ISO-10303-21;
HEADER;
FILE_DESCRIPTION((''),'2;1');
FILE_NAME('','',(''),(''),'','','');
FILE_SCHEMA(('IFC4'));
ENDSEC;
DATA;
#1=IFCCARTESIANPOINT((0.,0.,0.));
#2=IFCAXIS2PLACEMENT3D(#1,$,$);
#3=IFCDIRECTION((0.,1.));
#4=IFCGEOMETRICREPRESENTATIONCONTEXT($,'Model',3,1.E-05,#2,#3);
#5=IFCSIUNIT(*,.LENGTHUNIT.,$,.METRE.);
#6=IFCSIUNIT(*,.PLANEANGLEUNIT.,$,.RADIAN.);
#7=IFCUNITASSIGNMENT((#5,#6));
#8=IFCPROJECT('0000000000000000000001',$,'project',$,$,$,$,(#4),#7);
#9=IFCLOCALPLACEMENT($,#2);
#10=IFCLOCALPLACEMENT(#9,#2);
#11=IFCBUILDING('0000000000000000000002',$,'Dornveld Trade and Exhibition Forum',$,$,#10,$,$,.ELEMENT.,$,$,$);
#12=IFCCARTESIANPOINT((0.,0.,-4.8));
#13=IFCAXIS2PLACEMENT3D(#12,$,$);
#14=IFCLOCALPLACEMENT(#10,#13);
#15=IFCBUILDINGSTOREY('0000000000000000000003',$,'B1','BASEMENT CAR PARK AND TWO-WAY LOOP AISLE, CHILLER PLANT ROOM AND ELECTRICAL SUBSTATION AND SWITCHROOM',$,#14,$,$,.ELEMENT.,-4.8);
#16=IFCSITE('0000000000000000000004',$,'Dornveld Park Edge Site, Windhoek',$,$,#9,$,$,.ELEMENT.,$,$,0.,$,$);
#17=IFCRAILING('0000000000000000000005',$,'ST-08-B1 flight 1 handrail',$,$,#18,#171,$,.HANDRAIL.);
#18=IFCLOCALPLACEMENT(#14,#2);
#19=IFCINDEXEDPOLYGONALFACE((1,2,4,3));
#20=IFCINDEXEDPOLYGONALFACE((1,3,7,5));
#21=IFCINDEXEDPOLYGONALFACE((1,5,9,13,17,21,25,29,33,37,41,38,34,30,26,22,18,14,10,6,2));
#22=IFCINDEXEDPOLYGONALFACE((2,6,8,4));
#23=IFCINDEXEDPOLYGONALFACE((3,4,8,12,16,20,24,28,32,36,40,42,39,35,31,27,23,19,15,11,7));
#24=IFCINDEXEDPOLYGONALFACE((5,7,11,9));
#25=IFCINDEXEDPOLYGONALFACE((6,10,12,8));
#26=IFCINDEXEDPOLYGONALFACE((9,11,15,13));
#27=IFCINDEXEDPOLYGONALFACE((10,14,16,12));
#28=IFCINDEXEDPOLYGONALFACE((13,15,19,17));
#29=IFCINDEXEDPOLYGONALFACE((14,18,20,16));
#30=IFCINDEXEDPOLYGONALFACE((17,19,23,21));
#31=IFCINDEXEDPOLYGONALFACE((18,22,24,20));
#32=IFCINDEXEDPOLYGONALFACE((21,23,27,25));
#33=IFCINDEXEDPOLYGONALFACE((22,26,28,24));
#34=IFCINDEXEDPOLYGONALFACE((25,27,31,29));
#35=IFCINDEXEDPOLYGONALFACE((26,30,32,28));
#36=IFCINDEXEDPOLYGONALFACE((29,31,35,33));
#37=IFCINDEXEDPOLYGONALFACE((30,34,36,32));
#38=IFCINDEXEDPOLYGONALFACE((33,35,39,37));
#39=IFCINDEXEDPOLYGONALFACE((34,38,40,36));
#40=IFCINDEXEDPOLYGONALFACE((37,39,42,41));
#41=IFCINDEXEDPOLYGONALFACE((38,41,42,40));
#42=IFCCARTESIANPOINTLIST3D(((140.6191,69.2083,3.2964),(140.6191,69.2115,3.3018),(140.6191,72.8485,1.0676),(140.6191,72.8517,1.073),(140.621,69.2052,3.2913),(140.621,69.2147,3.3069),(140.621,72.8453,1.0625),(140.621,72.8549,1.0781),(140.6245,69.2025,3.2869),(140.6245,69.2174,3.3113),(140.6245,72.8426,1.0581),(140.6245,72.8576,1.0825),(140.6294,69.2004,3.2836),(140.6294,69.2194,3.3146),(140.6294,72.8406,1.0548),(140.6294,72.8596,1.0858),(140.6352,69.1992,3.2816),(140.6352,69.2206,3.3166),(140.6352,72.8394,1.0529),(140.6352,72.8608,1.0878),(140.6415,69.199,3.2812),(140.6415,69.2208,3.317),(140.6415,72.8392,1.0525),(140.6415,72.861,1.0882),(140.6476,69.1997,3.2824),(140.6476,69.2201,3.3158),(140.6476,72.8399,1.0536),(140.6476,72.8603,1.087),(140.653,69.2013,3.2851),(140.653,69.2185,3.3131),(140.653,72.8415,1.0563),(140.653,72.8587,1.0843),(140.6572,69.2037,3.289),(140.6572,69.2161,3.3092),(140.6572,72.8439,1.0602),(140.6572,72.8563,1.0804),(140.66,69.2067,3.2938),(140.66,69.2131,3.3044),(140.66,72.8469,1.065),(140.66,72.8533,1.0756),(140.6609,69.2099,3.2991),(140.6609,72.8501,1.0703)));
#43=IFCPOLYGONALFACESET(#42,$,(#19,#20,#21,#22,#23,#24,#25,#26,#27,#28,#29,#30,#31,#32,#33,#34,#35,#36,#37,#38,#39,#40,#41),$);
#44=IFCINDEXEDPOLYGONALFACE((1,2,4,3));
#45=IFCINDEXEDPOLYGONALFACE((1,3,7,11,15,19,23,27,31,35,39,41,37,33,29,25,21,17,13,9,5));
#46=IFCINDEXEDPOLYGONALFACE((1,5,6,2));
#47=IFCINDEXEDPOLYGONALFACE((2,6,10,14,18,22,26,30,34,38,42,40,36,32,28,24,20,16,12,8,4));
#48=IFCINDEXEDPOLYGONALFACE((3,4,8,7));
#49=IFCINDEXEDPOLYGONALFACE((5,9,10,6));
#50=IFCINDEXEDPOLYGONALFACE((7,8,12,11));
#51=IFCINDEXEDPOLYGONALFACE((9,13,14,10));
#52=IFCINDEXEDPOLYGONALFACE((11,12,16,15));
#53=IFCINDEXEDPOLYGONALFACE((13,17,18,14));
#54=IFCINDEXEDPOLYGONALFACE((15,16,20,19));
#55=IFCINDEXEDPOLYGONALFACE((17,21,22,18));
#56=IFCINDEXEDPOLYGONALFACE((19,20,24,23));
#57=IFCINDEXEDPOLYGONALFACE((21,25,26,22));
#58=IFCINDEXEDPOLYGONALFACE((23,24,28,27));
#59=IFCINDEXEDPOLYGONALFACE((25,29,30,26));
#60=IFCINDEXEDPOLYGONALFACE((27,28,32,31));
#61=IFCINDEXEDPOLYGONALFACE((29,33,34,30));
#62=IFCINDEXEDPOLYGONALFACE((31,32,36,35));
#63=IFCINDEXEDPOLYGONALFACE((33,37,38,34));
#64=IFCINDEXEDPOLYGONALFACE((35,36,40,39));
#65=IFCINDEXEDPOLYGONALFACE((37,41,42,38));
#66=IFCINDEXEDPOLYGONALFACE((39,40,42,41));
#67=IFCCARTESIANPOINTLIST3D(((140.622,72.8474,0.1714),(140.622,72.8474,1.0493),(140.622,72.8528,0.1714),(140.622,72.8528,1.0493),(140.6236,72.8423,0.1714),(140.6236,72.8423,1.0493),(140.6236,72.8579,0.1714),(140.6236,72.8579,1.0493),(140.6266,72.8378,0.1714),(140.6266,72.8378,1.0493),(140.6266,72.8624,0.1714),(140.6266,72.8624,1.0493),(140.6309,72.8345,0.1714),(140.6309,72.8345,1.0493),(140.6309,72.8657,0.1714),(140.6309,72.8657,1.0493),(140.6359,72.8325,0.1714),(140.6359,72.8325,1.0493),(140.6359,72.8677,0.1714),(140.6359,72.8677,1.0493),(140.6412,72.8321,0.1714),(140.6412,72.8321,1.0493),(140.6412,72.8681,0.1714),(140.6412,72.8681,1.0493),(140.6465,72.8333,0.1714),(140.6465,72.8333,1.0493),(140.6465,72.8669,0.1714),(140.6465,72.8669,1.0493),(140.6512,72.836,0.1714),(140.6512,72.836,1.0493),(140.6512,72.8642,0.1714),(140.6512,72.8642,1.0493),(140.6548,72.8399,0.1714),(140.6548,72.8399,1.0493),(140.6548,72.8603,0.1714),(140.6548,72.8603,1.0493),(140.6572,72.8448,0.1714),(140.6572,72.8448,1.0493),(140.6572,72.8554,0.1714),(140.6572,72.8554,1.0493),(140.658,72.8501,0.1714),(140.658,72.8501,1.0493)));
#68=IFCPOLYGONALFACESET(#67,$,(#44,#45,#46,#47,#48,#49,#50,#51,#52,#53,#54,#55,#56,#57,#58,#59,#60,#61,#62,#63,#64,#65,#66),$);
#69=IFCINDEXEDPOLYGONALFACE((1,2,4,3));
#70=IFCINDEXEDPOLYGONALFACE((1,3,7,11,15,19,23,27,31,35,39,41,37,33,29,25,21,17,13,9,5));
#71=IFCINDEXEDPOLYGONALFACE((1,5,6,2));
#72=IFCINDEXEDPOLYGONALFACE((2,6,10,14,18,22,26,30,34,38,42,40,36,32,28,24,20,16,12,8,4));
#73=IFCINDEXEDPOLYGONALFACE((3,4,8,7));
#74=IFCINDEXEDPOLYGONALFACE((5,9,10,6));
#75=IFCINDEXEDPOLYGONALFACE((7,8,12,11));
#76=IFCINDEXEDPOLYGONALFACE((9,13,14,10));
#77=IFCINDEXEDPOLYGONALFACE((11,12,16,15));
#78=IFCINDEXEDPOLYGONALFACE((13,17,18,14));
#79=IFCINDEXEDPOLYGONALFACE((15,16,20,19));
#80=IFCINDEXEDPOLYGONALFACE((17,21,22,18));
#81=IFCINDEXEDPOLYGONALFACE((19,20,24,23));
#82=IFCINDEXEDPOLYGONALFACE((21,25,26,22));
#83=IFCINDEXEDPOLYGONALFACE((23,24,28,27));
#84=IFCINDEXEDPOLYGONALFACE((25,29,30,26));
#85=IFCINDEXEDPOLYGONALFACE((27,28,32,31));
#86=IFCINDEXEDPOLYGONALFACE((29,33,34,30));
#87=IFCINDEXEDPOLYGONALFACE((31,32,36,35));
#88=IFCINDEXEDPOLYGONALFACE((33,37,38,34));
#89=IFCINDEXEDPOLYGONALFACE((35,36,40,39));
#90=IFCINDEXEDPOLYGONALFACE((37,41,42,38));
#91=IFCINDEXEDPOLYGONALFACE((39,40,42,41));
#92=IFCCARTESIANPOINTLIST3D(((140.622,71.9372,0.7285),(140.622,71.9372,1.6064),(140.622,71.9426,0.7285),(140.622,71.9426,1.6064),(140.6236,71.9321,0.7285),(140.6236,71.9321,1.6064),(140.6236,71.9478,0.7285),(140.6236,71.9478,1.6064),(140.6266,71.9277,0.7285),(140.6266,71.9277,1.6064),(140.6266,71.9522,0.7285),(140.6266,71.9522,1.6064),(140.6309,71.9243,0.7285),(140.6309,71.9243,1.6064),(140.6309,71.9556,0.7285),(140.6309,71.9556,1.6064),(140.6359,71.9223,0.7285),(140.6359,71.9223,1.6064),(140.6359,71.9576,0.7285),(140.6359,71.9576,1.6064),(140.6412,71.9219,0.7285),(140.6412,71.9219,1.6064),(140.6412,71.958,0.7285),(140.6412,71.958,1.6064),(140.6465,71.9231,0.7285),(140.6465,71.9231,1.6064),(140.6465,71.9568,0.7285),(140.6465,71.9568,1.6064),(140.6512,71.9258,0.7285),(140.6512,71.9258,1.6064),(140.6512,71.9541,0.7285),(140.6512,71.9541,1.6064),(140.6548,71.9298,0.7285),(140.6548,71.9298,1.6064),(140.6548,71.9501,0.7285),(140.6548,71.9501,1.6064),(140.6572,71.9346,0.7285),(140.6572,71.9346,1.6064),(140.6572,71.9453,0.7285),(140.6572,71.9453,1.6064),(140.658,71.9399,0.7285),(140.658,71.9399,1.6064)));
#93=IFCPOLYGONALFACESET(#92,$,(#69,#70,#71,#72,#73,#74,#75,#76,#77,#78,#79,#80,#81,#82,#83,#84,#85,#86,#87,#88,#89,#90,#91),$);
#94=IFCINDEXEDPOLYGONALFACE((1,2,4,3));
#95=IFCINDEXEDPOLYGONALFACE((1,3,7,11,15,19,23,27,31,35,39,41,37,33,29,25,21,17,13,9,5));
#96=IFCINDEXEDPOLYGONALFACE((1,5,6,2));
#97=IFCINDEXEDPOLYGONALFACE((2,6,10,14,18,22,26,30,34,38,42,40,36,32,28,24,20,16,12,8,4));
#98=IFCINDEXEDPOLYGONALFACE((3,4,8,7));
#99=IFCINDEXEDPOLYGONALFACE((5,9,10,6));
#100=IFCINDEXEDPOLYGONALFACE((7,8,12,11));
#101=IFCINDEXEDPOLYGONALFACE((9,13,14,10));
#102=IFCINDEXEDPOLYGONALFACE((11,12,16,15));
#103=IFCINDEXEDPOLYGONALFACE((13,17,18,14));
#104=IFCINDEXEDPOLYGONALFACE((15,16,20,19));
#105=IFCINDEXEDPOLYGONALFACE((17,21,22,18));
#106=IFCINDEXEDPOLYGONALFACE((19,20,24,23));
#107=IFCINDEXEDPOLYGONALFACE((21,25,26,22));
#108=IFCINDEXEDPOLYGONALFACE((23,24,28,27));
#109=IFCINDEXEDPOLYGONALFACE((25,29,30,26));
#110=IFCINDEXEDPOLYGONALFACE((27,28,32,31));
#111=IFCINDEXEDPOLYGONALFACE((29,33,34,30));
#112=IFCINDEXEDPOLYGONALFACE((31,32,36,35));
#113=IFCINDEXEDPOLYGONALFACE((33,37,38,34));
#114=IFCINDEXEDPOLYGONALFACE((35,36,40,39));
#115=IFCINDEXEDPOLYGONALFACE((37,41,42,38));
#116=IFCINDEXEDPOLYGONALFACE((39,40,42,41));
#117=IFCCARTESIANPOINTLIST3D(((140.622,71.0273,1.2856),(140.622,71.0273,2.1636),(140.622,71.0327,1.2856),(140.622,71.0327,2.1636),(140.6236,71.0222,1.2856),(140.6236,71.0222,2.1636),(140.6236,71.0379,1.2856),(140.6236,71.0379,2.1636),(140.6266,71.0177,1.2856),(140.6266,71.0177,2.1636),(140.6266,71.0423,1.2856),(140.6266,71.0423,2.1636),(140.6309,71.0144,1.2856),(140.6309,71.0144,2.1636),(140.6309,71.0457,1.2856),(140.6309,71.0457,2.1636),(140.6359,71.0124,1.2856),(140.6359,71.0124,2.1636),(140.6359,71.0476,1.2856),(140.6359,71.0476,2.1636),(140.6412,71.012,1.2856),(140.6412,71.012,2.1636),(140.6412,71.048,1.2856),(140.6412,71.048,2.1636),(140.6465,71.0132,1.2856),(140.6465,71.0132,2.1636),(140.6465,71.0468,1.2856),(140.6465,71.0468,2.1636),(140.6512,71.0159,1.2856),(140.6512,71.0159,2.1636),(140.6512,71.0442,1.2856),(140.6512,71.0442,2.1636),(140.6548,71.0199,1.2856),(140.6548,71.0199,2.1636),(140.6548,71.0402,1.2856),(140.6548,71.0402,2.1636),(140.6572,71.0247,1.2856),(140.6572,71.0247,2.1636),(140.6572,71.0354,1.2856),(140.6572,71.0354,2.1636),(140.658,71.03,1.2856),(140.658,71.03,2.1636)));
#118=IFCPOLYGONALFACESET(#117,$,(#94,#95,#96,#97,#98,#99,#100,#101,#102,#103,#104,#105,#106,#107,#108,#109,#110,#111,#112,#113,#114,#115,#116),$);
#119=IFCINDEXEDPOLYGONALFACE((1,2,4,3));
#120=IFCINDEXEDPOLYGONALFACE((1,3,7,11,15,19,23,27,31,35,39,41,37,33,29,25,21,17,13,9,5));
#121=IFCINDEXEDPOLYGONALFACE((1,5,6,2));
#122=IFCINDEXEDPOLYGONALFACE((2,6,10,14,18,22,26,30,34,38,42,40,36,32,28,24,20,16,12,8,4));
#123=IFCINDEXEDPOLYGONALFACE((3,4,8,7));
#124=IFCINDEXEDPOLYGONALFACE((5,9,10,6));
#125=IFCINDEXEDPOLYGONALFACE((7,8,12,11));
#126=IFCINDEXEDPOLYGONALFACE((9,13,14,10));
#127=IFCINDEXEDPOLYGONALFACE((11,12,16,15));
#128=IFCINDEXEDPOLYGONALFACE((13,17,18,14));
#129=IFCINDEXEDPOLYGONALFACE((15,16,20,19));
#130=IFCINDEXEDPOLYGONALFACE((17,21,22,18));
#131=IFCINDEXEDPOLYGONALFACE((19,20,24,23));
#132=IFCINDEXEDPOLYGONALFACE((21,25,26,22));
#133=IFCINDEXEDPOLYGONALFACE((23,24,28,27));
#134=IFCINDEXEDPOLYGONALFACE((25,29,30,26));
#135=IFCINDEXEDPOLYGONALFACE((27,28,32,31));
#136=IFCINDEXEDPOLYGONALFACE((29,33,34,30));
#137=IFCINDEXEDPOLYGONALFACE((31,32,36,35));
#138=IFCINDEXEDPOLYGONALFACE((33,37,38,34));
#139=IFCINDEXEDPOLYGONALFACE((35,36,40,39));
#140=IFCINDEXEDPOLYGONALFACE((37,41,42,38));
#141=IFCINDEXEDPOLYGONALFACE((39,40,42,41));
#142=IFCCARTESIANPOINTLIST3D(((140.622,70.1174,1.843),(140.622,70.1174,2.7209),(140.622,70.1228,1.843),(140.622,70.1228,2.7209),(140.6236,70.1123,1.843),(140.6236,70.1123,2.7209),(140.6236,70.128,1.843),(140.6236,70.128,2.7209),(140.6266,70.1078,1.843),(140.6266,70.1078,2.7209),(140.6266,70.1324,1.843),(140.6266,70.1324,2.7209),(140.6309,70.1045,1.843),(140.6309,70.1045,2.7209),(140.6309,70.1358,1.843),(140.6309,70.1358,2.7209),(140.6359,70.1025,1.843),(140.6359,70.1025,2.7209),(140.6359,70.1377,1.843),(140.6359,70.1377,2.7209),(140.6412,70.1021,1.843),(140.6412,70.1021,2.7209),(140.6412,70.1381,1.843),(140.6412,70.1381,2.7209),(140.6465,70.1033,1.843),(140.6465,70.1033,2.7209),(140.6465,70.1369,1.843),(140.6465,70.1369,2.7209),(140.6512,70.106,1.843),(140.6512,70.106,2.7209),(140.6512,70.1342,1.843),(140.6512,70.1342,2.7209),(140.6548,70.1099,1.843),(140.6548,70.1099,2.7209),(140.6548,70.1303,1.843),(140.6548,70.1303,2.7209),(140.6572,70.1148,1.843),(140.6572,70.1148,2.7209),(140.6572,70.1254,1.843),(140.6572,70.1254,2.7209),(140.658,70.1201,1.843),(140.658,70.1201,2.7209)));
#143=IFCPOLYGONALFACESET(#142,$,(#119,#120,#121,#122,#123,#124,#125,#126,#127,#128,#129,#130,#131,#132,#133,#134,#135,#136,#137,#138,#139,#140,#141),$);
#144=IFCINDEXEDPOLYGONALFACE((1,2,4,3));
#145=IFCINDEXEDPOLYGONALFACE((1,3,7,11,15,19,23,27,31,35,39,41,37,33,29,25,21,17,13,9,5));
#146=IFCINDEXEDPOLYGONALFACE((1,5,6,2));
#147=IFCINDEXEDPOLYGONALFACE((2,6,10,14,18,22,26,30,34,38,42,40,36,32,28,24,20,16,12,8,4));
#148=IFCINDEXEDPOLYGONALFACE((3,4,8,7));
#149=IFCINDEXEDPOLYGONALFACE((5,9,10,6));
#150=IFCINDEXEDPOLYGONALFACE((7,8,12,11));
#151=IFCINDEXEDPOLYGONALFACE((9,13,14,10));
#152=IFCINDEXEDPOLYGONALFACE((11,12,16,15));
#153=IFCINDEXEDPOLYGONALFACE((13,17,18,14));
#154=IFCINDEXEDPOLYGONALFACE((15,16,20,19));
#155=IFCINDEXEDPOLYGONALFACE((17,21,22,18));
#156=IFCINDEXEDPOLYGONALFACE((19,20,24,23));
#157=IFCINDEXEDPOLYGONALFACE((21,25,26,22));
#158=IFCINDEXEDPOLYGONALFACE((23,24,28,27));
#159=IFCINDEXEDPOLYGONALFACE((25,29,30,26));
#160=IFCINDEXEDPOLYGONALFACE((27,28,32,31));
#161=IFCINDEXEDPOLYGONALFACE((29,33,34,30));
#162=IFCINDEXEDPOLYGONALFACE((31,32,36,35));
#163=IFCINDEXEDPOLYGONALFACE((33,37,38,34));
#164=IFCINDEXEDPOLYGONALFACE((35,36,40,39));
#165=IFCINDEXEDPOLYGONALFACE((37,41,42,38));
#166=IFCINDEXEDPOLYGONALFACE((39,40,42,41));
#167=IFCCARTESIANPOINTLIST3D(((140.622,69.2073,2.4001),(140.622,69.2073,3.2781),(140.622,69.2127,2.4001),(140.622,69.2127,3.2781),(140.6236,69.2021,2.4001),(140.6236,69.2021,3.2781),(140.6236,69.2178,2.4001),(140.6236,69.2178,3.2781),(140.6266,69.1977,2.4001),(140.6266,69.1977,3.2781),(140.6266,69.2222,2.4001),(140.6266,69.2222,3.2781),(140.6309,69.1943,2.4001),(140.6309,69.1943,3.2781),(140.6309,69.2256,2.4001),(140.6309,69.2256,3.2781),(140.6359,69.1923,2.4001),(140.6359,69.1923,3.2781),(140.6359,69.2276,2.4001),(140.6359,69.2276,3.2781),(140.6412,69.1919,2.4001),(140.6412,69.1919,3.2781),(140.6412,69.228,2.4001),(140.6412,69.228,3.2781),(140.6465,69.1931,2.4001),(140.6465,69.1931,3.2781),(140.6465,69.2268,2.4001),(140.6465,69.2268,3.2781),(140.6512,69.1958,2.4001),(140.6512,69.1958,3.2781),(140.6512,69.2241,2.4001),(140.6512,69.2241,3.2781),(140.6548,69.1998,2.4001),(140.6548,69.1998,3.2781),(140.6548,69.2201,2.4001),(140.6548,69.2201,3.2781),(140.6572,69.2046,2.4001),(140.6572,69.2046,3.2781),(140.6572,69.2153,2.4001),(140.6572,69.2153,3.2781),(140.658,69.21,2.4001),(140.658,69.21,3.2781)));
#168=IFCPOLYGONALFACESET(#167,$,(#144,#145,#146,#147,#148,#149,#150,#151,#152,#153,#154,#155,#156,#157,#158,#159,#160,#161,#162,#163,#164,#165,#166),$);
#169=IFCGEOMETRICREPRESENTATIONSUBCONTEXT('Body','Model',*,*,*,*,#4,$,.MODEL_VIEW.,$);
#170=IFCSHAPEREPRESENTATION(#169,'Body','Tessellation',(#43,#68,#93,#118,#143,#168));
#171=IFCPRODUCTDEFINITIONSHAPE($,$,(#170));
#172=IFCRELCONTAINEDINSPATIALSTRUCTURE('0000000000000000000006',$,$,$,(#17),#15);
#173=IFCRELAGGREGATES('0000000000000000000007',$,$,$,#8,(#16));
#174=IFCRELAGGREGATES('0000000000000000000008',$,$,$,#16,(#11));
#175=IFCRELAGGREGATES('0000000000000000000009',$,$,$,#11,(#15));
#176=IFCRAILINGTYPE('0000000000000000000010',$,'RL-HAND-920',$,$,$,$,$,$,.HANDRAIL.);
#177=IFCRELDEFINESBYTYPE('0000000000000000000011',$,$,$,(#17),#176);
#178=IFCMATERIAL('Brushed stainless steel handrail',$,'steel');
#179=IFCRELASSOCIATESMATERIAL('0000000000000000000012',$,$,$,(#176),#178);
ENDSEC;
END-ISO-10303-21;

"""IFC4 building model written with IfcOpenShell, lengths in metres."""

from ifc_helpers import new_model, si_unit, direction, frame, origin, origin_2d, place, context, subcontext, project, spatial, circle, extrude, material, type_object, element, save


model = new_model("IFC4")

# Units and contexts
model_context = context("Model", 3, precision=1e-05, world=origin(), true_north=direction((0.0, 1.0)))
body_context = subcontext(model_context, "Body", "Model", "MODEL_VIEW")
ifc_project = project(units=[si_unit("LENGTHUNIT", "METRE"), si_unit("PLANEANGLEUNIT", "RADIAN")], contexts=[model_context])

# Site, building, storey
site_placement = place(None, origin())
site = spatial("IfcSite", under=ifc_project, at=site_placement, Name="Dornveld Park Edge Site, Windhoek", CompositionType="ELEMENT", RefElevation=0.0)
building_placement = place(site_placement, origin())
building = spatial("IfcBuilding", under=site, at=building_placement, Name="Dornveld Trade and Exhibition Forum", CompositionType="ELEMENT")
storey_placement = place(building_placement, frame((0.0, 0.0, -4.8)))
storey = spatial("IfcBuildingStorey", under=building, at=storey_placement, Name="B1", Description="BASEMENT CAR PARK AND TWO-WAY LOOP AISLE, CHILLER PLANT ROOM AND ELECTRICAL SUBSTATION AND SWITCHROOM", CompositionType="ELEMENT", Elevation=-4.8)

# Railing
ifc_material_1 = material(Name="Brushed stainless steel handrail", Category="steel")
railing_type_1 = type_object("IfcRailingType", Name="RL-HAND-920", PredefinedType="HANDRAIL", material=ifc_material_1)
railing_1_placement = place(storey_placement, frame((140.6399, 72.8501, 0.1714)))
element("IfcRailing", 1, at=railing_1_placement, inside=storey, type_object=railing_type_1, Name="ST-08-B1 flight 1 handrail", PredefinedType="HANDRAIL", context=body_context, shape_type="SweptSolid", body=[
    extrude(circle(Radius=0.021, at=origin_2d()), frame((0.0, 0.0, 0.8989), z_axis=(0.0, -0.85284, 0.522172), x_axis=(1.0, 0.0, 0.0)), (0.0, 0.0, 1.0), 4.2683),
    extrude(circle(Radius=0.0181, at=origin_2d()), origin(), (0.0, 0.0, 1.0), 0.8779),
    extrude(circle(Radius=0.0181, at=origin_2d()), frame((0.0, -0.9102, 0.5571)), (0.0, 0.0, 1.0), 0.8779),
    extrude(circle(Radius=0.0181, at=origin_2d()), frame((0.0, -1.8201, 1.1143)), (0.0, 0.0, 1.0), 0.8779),
    extrude(circle(Radius=0.0181, at=origin_2d()), frame((0.0, -2.73, 1.6716)), (0.0, 0.0, 1.0), 0.8779),
    extrude(circle(Radius=0.0181, at=origin_2d()), frame((0.0, -3.6401, 2.2288)), (0.0, 0.0, 1.0), 0.8779),
])

save(model, "model.ifc")
